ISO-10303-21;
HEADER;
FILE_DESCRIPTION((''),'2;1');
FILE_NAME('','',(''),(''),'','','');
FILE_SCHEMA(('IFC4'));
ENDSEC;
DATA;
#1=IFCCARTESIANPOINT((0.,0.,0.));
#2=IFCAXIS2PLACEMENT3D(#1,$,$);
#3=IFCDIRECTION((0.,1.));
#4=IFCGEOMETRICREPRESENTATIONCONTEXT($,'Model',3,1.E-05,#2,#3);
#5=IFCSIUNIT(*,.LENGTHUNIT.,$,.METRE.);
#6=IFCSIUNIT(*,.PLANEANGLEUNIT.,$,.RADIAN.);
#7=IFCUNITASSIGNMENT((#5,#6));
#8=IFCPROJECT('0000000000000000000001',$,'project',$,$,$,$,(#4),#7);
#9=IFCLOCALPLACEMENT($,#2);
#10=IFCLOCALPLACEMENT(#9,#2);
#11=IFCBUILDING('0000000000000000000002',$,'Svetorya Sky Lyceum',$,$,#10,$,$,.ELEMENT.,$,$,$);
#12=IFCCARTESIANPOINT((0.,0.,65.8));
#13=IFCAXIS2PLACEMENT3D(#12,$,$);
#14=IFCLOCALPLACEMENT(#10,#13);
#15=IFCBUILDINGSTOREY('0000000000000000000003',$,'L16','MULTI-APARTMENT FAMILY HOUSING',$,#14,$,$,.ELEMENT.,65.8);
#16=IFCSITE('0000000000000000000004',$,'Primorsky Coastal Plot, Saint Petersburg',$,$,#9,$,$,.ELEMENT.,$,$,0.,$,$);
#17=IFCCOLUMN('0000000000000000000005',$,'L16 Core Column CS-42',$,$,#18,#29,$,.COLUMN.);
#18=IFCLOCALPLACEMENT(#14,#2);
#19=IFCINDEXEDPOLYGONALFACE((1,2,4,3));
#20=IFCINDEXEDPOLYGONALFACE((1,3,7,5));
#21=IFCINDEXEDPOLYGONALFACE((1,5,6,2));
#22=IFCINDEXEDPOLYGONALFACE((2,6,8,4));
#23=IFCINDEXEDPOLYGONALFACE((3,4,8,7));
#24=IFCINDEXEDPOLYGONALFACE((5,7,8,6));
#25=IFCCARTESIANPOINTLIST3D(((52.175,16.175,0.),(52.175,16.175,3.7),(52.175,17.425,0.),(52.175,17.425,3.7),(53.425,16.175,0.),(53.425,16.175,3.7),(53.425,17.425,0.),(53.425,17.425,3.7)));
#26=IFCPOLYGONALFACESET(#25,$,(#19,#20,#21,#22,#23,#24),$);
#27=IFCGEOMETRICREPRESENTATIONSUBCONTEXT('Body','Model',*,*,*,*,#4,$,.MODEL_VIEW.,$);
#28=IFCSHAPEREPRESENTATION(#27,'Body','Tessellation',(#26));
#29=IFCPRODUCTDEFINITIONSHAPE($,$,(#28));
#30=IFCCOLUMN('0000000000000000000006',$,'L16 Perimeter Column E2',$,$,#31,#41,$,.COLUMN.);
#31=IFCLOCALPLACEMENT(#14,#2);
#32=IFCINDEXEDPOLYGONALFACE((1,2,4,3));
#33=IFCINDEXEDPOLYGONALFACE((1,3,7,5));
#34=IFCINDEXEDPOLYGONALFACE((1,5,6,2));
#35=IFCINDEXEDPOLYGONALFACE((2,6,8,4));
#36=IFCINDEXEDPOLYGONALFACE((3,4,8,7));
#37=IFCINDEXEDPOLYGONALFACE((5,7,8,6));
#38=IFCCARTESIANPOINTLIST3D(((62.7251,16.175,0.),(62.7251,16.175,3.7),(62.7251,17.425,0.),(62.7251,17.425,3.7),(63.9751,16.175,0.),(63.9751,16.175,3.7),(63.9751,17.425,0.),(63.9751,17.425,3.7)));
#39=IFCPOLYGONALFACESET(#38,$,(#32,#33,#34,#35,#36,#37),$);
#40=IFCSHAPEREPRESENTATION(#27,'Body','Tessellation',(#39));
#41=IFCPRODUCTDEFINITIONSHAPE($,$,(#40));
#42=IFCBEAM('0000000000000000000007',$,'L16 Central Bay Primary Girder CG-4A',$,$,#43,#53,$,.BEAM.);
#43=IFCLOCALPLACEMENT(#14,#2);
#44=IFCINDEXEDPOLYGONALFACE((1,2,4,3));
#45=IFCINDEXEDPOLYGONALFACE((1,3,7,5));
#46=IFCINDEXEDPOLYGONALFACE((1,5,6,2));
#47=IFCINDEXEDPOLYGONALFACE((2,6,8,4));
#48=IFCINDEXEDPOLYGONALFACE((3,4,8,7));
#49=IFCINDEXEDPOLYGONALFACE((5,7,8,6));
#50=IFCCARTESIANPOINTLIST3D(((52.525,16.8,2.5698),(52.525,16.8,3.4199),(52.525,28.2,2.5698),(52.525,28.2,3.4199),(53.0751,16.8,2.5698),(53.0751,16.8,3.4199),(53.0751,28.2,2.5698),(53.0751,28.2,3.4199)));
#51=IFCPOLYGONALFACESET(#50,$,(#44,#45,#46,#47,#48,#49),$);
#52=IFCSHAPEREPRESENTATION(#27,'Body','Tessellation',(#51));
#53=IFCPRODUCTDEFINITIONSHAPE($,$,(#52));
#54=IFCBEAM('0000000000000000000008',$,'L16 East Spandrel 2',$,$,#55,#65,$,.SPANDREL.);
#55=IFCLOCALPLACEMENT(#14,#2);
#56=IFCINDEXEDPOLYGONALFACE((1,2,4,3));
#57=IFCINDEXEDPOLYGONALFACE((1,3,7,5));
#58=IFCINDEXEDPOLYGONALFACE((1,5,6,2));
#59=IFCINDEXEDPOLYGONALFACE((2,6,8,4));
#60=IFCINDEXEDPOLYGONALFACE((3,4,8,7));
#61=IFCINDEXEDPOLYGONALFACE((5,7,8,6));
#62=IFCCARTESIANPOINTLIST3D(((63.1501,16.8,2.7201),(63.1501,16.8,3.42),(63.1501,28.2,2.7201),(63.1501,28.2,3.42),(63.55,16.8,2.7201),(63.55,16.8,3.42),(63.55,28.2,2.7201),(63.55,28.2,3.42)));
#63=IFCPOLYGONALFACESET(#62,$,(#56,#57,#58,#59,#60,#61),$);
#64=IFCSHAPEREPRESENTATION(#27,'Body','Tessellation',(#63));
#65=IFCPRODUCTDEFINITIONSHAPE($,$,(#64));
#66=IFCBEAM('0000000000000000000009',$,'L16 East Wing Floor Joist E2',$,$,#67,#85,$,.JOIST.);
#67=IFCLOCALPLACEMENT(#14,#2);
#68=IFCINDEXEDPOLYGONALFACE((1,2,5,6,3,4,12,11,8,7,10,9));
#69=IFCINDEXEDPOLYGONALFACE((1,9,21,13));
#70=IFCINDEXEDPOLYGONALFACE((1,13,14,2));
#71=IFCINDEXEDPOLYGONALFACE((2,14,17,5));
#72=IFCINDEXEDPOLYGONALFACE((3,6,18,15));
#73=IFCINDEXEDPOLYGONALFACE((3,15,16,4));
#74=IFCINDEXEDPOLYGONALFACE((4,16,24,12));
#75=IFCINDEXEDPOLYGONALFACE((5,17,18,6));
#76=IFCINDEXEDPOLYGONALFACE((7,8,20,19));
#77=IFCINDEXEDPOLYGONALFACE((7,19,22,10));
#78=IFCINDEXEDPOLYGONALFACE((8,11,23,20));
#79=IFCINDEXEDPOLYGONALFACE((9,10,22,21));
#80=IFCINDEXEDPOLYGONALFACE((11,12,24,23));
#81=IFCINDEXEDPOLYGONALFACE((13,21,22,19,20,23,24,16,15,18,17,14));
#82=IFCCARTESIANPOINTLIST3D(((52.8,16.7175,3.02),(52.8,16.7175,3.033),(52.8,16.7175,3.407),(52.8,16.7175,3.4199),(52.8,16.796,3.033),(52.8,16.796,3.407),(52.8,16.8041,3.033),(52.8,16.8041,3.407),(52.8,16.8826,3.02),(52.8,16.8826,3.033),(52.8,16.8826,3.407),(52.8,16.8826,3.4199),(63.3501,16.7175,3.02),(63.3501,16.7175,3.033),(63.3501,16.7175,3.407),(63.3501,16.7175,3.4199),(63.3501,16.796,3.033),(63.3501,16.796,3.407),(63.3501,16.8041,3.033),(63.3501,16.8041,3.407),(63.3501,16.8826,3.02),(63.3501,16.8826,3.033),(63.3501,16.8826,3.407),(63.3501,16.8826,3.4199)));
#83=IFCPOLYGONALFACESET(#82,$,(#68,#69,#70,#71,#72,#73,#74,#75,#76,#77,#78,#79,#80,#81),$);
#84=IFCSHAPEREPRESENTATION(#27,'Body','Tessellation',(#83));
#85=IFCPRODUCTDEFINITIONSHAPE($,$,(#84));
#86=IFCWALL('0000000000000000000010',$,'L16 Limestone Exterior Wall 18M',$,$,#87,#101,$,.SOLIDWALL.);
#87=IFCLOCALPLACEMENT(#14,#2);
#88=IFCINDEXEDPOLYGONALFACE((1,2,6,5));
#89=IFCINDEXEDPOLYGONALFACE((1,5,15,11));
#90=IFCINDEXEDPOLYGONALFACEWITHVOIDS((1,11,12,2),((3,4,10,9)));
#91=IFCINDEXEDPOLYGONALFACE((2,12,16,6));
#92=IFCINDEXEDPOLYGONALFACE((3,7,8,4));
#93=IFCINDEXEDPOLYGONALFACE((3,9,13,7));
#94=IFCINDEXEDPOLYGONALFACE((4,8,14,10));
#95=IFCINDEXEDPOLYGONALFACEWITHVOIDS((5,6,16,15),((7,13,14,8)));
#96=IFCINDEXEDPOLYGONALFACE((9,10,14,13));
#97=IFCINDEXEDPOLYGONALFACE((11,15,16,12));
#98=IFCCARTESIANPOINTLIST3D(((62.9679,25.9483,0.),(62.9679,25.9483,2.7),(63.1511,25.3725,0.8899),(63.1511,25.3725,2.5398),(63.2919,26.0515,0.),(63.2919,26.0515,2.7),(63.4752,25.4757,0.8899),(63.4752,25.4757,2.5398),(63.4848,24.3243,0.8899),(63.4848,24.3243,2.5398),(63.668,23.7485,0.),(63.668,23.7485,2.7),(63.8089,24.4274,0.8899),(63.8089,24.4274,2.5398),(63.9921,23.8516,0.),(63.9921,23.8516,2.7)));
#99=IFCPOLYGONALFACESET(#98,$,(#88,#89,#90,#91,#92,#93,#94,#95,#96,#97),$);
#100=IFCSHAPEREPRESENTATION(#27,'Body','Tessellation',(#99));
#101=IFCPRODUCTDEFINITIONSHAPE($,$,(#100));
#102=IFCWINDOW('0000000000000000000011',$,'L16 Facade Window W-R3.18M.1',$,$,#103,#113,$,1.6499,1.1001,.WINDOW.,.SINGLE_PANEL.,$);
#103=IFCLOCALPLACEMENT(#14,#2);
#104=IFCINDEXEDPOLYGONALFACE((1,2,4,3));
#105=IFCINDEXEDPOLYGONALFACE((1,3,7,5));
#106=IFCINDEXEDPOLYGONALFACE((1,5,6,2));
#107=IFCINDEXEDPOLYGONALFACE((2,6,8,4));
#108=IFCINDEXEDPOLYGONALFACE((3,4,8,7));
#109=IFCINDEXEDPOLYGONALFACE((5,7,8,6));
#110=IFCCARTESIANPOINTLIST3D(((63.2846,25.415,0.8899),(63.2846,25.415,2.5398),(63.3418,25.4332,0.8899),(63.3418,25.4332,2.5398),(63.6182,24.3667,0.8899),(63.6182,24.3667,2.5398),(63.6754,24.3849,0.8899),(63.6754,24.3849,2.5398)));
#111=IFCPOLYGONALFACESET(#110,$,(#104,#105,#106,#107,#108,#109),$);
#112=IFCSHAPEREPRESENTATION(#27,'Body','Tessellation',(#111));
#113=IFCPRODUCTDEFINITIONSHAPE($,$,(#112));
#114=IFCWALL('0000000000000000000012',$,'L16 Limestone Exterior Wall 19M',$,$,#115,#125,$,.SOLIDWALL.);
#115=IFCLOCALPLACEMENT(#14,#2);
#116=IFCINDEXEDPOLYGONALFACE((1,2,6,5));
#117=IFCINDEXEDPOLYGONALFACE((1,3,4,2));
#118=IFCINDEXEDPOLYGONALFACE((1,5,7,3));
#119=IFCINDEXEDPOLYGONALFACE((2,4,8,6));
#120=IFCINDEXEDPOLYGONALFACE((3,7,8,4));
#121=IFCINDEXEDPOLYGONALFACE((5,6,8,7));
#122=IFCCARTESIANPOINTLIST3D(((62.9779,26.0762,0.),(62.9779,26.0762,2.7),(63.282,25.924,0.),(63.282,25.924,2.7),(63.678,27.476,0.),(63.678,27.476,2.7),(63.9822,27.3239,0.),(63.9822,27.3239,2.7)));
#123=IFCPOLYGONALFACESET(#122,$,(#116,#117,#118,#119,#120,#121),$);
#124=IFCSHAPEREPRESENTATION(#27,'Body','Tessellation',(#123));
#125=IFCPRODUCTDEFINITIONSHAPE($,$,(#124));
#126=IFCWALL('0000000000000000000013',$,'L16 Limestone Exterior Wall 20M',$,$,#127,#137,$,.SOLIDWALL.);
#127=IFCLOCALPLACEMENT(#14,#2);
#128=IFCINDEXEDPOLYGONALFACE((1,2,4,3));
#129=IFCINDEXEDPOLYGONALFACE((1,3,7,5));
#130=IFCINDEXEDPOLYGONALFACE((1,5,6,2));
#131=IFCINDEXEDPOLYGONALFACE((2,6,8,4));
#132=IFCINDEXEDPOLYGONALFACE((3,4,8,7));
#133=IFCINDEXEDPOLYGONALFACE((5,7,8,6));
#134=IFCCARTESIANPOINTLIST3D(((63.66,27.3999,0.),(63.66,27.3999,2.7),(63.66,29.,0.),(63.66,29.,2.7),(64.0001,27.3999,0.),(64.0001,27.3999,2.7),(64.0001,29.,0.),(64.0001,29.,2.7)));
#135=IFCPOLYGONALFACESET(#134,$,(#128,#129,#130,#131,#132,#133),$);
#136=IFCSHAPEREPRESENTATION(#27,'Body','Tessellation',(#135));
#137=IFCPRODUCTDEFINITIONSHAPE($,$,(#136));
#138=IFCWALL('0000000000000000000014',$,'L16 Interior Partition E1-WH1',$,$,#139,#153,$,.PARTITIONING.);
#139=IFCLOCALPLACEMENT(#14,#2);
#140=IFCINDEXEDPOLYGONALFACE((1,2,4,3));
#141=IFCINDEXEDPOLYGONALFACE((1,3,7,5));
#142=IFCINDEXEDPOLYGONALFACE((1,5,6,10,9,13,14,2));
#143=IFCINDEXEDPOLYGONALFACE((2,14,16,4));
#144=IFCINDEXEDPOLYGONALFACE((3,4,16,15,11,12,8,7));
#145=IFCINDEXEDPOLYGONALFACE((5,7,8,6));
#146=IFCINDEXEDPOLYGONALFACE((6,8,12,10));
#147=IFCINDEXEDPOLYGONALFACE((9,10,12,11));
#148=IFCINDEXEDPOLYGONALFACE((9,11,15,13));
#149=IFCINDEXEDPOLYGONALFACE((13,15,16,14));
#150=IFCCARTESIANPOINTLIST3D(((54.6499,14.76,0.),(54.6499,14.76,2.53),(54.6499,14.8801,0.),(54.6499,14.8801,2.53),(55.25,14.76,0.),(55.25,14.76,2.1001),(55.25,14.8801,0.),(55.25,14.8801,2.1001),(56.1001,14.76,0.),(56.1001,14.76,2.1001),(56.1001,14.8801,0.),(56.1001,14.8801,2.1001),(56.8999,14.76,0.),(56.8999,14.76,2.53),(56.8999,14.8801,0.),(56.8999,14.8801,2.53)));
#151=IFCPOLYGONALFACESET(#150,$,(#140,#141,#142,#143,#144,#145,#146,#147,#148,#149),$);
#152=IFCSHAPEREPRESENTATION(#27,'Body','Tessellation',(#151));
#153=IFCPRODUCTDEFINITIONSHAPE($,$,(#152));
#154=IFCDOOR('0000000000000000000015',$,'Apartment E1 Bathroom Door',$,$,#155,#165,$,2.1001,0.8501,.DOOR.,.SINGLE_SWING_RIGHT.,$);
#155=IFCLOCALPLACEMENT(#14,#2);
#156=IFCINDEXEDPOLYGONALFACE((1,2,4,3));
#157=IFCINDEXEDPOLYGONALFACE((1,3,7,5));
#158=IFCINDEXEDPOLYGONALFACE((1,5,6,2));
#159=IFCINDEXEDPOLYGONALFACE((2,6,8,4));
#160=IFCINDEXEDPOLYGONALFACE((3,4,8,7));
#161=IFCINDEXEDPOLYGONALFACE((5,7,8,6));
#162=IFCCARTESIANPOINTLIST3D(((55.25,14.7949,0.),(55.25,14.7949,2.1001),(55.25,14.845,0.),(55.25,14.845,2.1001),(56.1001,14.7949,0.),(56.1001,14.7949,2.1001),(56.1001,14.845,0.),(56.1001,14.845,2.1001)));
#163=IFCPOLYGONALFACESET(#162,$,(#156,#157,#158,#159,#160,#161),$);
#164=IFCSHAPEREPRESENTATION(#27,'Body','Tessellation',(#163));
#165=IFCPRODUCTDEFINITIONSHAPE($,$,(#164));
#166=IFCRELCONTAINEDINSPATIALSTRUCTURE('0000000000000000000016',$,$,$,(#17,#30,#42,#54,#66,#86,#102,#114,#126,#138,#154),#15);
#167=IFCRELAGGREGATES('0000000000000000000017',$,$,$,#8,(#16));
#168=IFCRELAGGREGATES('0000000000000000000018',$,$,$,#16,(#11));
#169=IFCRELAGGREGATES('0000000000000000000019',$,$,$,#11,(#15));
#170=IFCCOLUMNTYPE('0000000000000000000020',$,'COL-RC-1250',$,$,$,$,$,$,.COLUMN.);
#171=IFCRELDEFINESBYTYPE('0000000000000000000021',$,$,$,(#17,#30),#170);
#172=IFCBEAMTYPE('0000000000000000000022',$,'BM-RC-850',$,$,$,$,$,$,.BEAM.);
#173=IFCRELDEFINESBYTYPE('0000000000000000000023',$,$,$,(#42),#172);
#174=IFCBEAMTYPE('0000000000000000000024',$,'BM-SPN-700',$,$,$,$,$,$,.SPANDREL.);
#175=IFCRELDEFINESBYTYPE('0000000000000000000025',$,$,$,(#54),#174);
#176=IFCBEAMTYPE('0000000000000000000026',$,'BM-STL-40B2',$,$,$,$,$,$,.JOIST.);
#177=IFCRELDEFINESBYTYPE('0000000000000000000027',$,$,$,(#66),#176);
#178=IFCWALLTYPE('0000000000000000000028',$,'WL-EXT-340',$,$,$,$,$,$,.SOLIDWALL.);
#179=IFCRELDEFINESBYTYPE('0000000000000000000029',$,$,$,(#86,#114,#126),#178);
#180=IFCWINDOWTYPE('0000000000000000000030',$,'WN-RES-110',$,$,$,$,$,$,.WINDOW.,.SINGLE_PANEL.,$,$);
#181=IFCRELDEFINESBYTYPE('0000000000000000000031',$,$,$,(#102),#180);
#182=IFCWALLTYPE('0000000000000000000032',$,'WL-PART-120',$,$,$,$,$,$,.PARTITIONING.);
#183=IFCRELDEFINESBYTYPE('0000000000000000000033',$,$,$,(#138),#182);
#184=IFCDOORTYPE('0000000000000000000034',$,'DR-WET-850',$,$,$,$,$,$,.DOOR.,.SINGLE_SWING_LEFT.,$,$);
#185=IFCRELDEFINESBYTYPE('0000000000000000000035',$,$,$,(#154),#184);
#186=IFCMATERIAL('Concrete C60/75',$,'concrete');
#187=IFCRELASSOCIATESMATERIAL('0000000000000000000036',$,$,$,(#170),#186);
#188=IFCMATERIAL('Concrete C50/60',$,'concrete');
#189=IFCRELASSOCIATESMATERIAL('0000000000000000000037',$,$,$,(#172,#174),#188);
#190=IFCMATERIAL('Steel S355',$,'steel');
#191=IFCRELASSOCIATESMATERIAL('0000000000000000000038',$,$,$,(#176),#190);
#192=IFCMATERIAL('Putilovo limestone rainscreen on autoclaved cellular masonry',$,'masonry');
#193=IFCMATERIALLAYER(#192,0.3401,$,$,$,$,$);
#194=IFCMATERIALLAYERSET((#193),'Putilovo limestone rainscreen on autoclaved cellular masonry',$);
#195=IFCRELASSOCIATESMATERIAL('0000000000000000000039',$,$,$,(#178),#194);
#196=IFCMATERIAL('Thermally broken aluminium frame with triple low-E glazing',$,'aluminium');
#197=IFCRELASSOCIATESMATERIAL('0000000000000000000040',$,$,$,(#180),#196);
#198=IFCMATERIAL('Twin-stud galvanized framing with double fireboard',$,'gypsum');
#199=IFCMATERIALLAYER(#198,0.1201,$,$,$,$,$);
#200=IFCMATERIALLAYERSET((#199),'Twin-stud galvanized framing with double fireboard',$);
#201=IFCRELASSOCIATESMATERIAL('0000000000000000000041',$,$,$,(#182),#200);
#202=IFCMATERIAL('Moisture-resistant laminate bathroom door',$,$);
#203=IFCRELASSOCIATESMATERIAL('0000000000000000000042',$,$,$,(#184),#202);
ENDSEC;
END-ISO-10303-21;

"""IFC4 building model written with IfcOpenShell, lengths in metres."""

from ifc_helpers import new_model, si_unit, direction, frame, frame_2d, origin, origin_2d, place, context, subcontext, project, spatial, rectangle, i_section, extrude, material, layer, layer_set, material_profile, profile_set, type_object, element, fill, save


model = new_model("IFC4")

# Units and contexts
model_context = context("Model", 3, precision=1e-05, world=origin(), true_north=direction((0.0, 1.0)))
body_context = subcontext(model_context, "Body", "Model", "MODEL_VIEW")
ifc_project = project(units=[si_unit("LENGTHUNIT", "METRE"), si_unit("PLANEANGLEUNIT", "RADIAN")], contexts=[model_context])

# Site, building, storey
site_placement = place(None, origin())
site = spatial("IfcSite", under=ifc_project, at=site_placement, Name="Primorsky Coastal Plot, Saint Petersburg", CompositionType="ELEMENT", RefElevation=0.0)
building_placement = place(site_placement, origin())
building = spatial("IfcBuilding", under=site, at=building_placement, Name="Svetorya Sky Lyceum", CompositionType="ELEMENT")
storey_placement = place(building_placement, frame((0.0, 0.0, 65.8)))
storey = spatial("IfcBuildingStorey", under=building, at=storey_placement, Name="L16", Description="MULTI-APARTMENT FAMILY HOUSING", CompositionType="ELEMENT", Elevation=65.8)

# Columns
ifc_material_1 = material(Name="Concrete C60/75", Category="concrete")
ifc_material_profile_1 = material_profile(ifc_material_1, rectangle(XDim=1.25, YDim=1.25, at=origin_2d()), Name="RC COL 1250x1250")
ifc_profile_set_1 = profile_set([ifc_material_profile_1], Name="Concrete C60/75")
column_type = type_object("IfcColumnType", Name="COL-RC-1250", PredefinedType="COLUMN", material=ifc_profile_set_1)
for number, where, z_axis, x_axis, name in (
    (1, (52.8, 16.8, 0.0), (0.0, 0.0, 1.0), (1.0, 0.0, 0.0), "L16 Core Column CS-42"),
    (2, (63.3501, 16.8, 0.0), (0.0, 0.0, 1.0), (1.0, 0.0, 0.0), "L16 Perimeter Column E2"),
):
    element("IfcColumn", number, at=place(storey_placement, frame(where, z_axis=z_axis, x_axis=x_axis)), inside=storey, type_object=column_type, Name=name, PredefinedType="COLUMN", context=body_context, shape_type="SweptSolid", body=[
        extrude(rectangle(XDim=1.25, YDim=1.25, at=origin_2d()), origin(), (0.0, 0.0, 1.0), 3.7),
    ])

# Beams
ifc_material_2 = material(Name="Concrete C50/60", Category="concrete")
ifc_material_profile_2 = material_profile(ifc_material_2, rectangle(XDim=0.55, YDim=0.8501, at=origin_2d()), Name="RC BEAM 550x850")
ifc_profile_set_2 = profile_set([ifc_material_profile_2], Name="Concrete C50/60")
beam_type_1 = type_object("IfcBeamType", Name="BM-RC-850", PredefinedType="BEAM", material=ifc_profile_set_2)
beam_1_placement = place(storey_placement, frame((52.8, 16.8, 2.9949), z_axis=(0.0, 1.0, 0.0), x_axis=(-1.0, 0.0, 0.0)))
element("IfcBeam", 3, at=beam_1_placement, inside=storey, type_object=beam_type_1, Name="L16 Central Bay Primary Girder CG-4A", PredefinedType="BEAM", context=body_context, shape_type="SweptSolid", body=[
    extrude(rectangle(XDim=0.55, YDim=0.8501, at=origin_2d()), origin(), (0.0, 0.0, 1.0), 11.3999),
])
ifc_material_profile_3 = material_profile(ifc_material_2, rectangle(XDim=0.3999, YDim=0.7, at=origin_2d()), Name="RC SPANDREL 400x700")
ifc_profile_set_3 = profile_set([ifc_material_profile_3], Name="Concrete C50/60")
beam_type_2 = type_object("IfcBeamType", Name="BM-SPN-700", PredefinedType="SPANDREL", material=ifc_profile_set_3)
beam_2_placement = place(storey_placement, frame((63.3501, 16.8, 3.0701), z_axis=(0.0, 1.0, 0.0), x_axis=(-1.0, 0.0, 0.0)))
element("IfcBeam", 4, at=beam_2_placement, inside=storey, type_object=beam_type_2, Name="L16 East Spandrel 2", PredefinedType="SPANDREL", context=body_context, shape_type="SweptSolid", body=[
    extrude(rectangle(XDim=0.3999, YDim=0.7, at=origin_2d()), origin(), (0.0, 0.0, 1.0), 11.3999),
])
ifc_material_3 = material(Name="Steel S355", Category="steel")
ifc_material_profile_4 = material_profile(ifc_material_3, i_section(OverallWidth=0.165, OverallDepth=0.3999, WebThickness=0.0081, FlangeThickness=0.0129, at=origin_2d()), Name="GOST 40B2")
ifc_profile_set_4 = profile_set([ifc_material_profile_4], Name="Steel S355")
beam_type_3 = type_object("IfcBeamType", Name="BM-STL-40B2", PredefinedType="JOIST", material=ifc_profile_set_4)
beam_3_placement = place(storey_placement, frame((52.8, 16.8, 3.22), z_axis=(1.0, 0.0, 0.0), x_axis=(0.0, 1.0, 0.0)))
element("IfcBeam", 5, at=beam_3_placement, inside=storey, type_object=beam_type_3, Name="L16 East Wing Floor Joist E2", PredefinedType="JOIST", context=body_context, shape_type="SweptSolid", body=[
    extrude(i_section(OverallWidth=0.165, OverallDepth=0.3999, WebThickness=0.0081, FlangeThickness=0.0129, at=origin_2d()), origin(), (0.0, 0.0, 1.0), 10.55),
])

# Wall, opening, window
ifc_material_4 = material(Name="Putilovo limestone rainscreen on autoclaved cellular masonry", Category="masonry")
ifc_layer_1 = layer(ifc_material_4, 0.3401)
ifc_layer_set_1 = layer_set([ifc_layer_1], Name="Putilovo limestone rainscreen on autoclaved cellular masonry")
wall_type_1 = type_object("IfcWallType", Name="WL-EXT-340", PredefinedType="SOLIDWALL", material=ifc_layer_set_1)
wall_1_placement = place(storey_placement, frame((63.8301, 23.8, 0.0), z_axis=(0.0, 0.0, 1.0), x_axis=(-0.303287, 0.952899, 0.0)))
wall_1 = element("IfcWall", 6, at=wall_1_placement, inside=storey, type_object=wall_type_1, Name="L16 Limestone Exterior Wall 18M", PredefinedType="SOLIDWALL", context=body_context, shape_type="SweptSolid", body=[
    extrude(rectangle(XDim=2.3086, YDim=0.3401, at=frame_2d((1.1543, 0.0))), origin(), (0.0, 0.0, 1.0), 2.7),
])
opening_1_placement = place(wall_1_placement, frame((0.6042, 0.0, 0.8899)))
opening_1 = element("IfcOpeningElement", 7, at=opening_1_placement, cuts=wall_1, PredefinedType="OPENING", context=body_context, shape_type="SweptSolid", body=[
    extrude(rectangle(XDim=1.1001, YDim=1.6499, at=frame_2d((0.55, 0.825))), frame((0.0, 0.1799, 0.0), z_axis=(0.0, -1.0, 0.0), x_axis=(1.0, 0.0, 0.0)), (0.0, 0.0, 1.0), 0.3601),
])
ifc_material_5 = material(Name="Thermally broken aluminium frame with triple low-E glazing", Category="aluminium")
window_type = type_object("IfcWindowType", Name="WN-RES-110", PartitioningType="SINGLE_PANEL", PredefinedType="WINDOW", material=ifc_material_5)
window_placement = place(opening_1_placement, origin())
window = element("IfcWindow", 8, at=window_placement, inside=storey, type_object=window_type, Name="L16 Facade Window W-R3.18M.1", OverallHeight=1.6499, OverallWidth=1.1001, PartitioningType="SINGLE_PANEL", PredefinedType="WINDOW", context=body_context, shape_type="SweptSolid", body=[
    extrude(rectangle(XDim=1.1001, YDim=1.6499, at=frame_2d((0.55, 0.825))), frame((0.0, 0.03, 0.0), z_axis=(0.0, -1.0, 0.0), x_axis=(1.0, 0.0, 0.0)), (0.0, 0.0, 1.0), 0.0601),
])
fill(opening_1, window)

# Walls
wall_2_placement = place(storey_placement, frame((63.1299, 26.0, 0.0), z_axis=(0.0, 0.0, 1.0), x_axis=(0.447338, 0.894365, 0.0)))
element("IfcWall", 9, at=wall_2_placement, inside=storey, type_object=wall_type_1, Name="L16 Limestone Exterior Wall 19M", PredefinedType="SOLIDWALL", context=body_context, shape_type="SweptSolid", body=[
    extrude(rectangle(XDim=1.5652, YDim=0.3401, at=frame_2d((0.7827, 0.0))), origin(), (0.0, 0.0, 1.0), 2.7),
])
wall_3_placement = place(storey_placement, frame((63.8301, 27.3999, 0.0), z_axis=(0.0, 0.0, 1.0), x_axis=(0.0, 1.0, 0.0)))
element("IfcWall", 10, at=wall_3_placement, inside=storey, type_object=wall_type_1, Name="L16 Limestone Exterior Wall 20M", PredefinedType="SOLIDWALL", context=body_context, shape_type="SweptSolid", body=[
    extrude(rectangle(XDim=1.6001, YDim=0.3401, at=frame_2d((0.8, 0.0))), origin(), (0.0, 0.0, 1.0), 2.7),
])

# Wall, opening, door
ifc_material_6 = material(Name="Twin-stud galvanized framing with double fireboard", Category="gypsum")
ifc_layer_2 = layer(ifc_material_6, 0.1201)
ifc_layer_set_2 = layer_set([ifc_layer_2], Name="Twin-stud galvanized framing with double fireboard")
wall_type_2 = type_object("IfcWallType", Name="WL-PART-120", PredefinedType="PARTITIONING", material=ifc_layer_set_2)
wall_4_placement = place(storey_placement, frame((54.6499, 14.8201, 0.0), z_axis=(0.0, 0.0, 1.0), x_axis=(1.0, 0.0, 0.0)))
wall_4 = element("IfcWall", 11, at=wall_4_placement, inside=storey, type_object=wall_type_2, Name="L16 Interior Partition E1-WH1", PredefinedType="PARTITIONING", context=body_context, shape_type="SweptSolid", body=[
    extrude(rectangle(XDim=2.25, YDim=0.1201, at=frame_2d((1.125, 0.0))), origin(), (0.0, 0.0, 1.0), 2.53),
])
opening_2_placement = place(wall_4_placement, frame((0.6001, 0.0, 0.0)))
opening_2 = element("IfcOpeningElement", 12, at=opening_2_placement, cuts=wall_4, PredefinedType="OPENING", context=body_context, shape_type="SweptSolid", body=[
    extrude(rectangle(XDim=0.8501, YDim=2.1001, at=frame_2d((0.425, 1.05))), frame((0.0, 0.0701, 0.0), z_axis=(0.0, -1.0, 0.0), x_axis=(1.0, 0.0, 0.0)), (0.0, 0.0, 1.0), 0.1401),
])
ifc_material_7 = material(Name="Moisture-resistant laminate bathroom door")
door_type_1 = type_object("IfcDoorType", Name="DR-WET-850", OperationType="SINGLE_SWING_LEFT", PredefinedType="DOOR", material=ifc_material_7)
door_1_placement = place(opening_2_placement, origin())
door_1 = element("IfcDoor", 13, at=door_1_placement, inside=storey, type_object=door_type_1, Name="Apartment E1 Bathroom Door", OperationType="SINGLE_SWING_RIGHT", OverallHeight=2.1001, OverallWidth=0.8501, PredefinedType="DOOR", context=body_context, shape_type="SweptSolid", body=[
    extrude(rectangle(XDim=0.8501, YDim=2.1001, at=frame_2d((0.425, 1.05))), frame((0.0, 0.0249, 0.0), z_axis=(0.0, -1.0, 0.0), x_axis=(1.0, 0.0, 0.0)), (0.0, 0.0, 1.0), 0.05),
])
fill(opening_2, door_1)

save(model, "model.ifc")
